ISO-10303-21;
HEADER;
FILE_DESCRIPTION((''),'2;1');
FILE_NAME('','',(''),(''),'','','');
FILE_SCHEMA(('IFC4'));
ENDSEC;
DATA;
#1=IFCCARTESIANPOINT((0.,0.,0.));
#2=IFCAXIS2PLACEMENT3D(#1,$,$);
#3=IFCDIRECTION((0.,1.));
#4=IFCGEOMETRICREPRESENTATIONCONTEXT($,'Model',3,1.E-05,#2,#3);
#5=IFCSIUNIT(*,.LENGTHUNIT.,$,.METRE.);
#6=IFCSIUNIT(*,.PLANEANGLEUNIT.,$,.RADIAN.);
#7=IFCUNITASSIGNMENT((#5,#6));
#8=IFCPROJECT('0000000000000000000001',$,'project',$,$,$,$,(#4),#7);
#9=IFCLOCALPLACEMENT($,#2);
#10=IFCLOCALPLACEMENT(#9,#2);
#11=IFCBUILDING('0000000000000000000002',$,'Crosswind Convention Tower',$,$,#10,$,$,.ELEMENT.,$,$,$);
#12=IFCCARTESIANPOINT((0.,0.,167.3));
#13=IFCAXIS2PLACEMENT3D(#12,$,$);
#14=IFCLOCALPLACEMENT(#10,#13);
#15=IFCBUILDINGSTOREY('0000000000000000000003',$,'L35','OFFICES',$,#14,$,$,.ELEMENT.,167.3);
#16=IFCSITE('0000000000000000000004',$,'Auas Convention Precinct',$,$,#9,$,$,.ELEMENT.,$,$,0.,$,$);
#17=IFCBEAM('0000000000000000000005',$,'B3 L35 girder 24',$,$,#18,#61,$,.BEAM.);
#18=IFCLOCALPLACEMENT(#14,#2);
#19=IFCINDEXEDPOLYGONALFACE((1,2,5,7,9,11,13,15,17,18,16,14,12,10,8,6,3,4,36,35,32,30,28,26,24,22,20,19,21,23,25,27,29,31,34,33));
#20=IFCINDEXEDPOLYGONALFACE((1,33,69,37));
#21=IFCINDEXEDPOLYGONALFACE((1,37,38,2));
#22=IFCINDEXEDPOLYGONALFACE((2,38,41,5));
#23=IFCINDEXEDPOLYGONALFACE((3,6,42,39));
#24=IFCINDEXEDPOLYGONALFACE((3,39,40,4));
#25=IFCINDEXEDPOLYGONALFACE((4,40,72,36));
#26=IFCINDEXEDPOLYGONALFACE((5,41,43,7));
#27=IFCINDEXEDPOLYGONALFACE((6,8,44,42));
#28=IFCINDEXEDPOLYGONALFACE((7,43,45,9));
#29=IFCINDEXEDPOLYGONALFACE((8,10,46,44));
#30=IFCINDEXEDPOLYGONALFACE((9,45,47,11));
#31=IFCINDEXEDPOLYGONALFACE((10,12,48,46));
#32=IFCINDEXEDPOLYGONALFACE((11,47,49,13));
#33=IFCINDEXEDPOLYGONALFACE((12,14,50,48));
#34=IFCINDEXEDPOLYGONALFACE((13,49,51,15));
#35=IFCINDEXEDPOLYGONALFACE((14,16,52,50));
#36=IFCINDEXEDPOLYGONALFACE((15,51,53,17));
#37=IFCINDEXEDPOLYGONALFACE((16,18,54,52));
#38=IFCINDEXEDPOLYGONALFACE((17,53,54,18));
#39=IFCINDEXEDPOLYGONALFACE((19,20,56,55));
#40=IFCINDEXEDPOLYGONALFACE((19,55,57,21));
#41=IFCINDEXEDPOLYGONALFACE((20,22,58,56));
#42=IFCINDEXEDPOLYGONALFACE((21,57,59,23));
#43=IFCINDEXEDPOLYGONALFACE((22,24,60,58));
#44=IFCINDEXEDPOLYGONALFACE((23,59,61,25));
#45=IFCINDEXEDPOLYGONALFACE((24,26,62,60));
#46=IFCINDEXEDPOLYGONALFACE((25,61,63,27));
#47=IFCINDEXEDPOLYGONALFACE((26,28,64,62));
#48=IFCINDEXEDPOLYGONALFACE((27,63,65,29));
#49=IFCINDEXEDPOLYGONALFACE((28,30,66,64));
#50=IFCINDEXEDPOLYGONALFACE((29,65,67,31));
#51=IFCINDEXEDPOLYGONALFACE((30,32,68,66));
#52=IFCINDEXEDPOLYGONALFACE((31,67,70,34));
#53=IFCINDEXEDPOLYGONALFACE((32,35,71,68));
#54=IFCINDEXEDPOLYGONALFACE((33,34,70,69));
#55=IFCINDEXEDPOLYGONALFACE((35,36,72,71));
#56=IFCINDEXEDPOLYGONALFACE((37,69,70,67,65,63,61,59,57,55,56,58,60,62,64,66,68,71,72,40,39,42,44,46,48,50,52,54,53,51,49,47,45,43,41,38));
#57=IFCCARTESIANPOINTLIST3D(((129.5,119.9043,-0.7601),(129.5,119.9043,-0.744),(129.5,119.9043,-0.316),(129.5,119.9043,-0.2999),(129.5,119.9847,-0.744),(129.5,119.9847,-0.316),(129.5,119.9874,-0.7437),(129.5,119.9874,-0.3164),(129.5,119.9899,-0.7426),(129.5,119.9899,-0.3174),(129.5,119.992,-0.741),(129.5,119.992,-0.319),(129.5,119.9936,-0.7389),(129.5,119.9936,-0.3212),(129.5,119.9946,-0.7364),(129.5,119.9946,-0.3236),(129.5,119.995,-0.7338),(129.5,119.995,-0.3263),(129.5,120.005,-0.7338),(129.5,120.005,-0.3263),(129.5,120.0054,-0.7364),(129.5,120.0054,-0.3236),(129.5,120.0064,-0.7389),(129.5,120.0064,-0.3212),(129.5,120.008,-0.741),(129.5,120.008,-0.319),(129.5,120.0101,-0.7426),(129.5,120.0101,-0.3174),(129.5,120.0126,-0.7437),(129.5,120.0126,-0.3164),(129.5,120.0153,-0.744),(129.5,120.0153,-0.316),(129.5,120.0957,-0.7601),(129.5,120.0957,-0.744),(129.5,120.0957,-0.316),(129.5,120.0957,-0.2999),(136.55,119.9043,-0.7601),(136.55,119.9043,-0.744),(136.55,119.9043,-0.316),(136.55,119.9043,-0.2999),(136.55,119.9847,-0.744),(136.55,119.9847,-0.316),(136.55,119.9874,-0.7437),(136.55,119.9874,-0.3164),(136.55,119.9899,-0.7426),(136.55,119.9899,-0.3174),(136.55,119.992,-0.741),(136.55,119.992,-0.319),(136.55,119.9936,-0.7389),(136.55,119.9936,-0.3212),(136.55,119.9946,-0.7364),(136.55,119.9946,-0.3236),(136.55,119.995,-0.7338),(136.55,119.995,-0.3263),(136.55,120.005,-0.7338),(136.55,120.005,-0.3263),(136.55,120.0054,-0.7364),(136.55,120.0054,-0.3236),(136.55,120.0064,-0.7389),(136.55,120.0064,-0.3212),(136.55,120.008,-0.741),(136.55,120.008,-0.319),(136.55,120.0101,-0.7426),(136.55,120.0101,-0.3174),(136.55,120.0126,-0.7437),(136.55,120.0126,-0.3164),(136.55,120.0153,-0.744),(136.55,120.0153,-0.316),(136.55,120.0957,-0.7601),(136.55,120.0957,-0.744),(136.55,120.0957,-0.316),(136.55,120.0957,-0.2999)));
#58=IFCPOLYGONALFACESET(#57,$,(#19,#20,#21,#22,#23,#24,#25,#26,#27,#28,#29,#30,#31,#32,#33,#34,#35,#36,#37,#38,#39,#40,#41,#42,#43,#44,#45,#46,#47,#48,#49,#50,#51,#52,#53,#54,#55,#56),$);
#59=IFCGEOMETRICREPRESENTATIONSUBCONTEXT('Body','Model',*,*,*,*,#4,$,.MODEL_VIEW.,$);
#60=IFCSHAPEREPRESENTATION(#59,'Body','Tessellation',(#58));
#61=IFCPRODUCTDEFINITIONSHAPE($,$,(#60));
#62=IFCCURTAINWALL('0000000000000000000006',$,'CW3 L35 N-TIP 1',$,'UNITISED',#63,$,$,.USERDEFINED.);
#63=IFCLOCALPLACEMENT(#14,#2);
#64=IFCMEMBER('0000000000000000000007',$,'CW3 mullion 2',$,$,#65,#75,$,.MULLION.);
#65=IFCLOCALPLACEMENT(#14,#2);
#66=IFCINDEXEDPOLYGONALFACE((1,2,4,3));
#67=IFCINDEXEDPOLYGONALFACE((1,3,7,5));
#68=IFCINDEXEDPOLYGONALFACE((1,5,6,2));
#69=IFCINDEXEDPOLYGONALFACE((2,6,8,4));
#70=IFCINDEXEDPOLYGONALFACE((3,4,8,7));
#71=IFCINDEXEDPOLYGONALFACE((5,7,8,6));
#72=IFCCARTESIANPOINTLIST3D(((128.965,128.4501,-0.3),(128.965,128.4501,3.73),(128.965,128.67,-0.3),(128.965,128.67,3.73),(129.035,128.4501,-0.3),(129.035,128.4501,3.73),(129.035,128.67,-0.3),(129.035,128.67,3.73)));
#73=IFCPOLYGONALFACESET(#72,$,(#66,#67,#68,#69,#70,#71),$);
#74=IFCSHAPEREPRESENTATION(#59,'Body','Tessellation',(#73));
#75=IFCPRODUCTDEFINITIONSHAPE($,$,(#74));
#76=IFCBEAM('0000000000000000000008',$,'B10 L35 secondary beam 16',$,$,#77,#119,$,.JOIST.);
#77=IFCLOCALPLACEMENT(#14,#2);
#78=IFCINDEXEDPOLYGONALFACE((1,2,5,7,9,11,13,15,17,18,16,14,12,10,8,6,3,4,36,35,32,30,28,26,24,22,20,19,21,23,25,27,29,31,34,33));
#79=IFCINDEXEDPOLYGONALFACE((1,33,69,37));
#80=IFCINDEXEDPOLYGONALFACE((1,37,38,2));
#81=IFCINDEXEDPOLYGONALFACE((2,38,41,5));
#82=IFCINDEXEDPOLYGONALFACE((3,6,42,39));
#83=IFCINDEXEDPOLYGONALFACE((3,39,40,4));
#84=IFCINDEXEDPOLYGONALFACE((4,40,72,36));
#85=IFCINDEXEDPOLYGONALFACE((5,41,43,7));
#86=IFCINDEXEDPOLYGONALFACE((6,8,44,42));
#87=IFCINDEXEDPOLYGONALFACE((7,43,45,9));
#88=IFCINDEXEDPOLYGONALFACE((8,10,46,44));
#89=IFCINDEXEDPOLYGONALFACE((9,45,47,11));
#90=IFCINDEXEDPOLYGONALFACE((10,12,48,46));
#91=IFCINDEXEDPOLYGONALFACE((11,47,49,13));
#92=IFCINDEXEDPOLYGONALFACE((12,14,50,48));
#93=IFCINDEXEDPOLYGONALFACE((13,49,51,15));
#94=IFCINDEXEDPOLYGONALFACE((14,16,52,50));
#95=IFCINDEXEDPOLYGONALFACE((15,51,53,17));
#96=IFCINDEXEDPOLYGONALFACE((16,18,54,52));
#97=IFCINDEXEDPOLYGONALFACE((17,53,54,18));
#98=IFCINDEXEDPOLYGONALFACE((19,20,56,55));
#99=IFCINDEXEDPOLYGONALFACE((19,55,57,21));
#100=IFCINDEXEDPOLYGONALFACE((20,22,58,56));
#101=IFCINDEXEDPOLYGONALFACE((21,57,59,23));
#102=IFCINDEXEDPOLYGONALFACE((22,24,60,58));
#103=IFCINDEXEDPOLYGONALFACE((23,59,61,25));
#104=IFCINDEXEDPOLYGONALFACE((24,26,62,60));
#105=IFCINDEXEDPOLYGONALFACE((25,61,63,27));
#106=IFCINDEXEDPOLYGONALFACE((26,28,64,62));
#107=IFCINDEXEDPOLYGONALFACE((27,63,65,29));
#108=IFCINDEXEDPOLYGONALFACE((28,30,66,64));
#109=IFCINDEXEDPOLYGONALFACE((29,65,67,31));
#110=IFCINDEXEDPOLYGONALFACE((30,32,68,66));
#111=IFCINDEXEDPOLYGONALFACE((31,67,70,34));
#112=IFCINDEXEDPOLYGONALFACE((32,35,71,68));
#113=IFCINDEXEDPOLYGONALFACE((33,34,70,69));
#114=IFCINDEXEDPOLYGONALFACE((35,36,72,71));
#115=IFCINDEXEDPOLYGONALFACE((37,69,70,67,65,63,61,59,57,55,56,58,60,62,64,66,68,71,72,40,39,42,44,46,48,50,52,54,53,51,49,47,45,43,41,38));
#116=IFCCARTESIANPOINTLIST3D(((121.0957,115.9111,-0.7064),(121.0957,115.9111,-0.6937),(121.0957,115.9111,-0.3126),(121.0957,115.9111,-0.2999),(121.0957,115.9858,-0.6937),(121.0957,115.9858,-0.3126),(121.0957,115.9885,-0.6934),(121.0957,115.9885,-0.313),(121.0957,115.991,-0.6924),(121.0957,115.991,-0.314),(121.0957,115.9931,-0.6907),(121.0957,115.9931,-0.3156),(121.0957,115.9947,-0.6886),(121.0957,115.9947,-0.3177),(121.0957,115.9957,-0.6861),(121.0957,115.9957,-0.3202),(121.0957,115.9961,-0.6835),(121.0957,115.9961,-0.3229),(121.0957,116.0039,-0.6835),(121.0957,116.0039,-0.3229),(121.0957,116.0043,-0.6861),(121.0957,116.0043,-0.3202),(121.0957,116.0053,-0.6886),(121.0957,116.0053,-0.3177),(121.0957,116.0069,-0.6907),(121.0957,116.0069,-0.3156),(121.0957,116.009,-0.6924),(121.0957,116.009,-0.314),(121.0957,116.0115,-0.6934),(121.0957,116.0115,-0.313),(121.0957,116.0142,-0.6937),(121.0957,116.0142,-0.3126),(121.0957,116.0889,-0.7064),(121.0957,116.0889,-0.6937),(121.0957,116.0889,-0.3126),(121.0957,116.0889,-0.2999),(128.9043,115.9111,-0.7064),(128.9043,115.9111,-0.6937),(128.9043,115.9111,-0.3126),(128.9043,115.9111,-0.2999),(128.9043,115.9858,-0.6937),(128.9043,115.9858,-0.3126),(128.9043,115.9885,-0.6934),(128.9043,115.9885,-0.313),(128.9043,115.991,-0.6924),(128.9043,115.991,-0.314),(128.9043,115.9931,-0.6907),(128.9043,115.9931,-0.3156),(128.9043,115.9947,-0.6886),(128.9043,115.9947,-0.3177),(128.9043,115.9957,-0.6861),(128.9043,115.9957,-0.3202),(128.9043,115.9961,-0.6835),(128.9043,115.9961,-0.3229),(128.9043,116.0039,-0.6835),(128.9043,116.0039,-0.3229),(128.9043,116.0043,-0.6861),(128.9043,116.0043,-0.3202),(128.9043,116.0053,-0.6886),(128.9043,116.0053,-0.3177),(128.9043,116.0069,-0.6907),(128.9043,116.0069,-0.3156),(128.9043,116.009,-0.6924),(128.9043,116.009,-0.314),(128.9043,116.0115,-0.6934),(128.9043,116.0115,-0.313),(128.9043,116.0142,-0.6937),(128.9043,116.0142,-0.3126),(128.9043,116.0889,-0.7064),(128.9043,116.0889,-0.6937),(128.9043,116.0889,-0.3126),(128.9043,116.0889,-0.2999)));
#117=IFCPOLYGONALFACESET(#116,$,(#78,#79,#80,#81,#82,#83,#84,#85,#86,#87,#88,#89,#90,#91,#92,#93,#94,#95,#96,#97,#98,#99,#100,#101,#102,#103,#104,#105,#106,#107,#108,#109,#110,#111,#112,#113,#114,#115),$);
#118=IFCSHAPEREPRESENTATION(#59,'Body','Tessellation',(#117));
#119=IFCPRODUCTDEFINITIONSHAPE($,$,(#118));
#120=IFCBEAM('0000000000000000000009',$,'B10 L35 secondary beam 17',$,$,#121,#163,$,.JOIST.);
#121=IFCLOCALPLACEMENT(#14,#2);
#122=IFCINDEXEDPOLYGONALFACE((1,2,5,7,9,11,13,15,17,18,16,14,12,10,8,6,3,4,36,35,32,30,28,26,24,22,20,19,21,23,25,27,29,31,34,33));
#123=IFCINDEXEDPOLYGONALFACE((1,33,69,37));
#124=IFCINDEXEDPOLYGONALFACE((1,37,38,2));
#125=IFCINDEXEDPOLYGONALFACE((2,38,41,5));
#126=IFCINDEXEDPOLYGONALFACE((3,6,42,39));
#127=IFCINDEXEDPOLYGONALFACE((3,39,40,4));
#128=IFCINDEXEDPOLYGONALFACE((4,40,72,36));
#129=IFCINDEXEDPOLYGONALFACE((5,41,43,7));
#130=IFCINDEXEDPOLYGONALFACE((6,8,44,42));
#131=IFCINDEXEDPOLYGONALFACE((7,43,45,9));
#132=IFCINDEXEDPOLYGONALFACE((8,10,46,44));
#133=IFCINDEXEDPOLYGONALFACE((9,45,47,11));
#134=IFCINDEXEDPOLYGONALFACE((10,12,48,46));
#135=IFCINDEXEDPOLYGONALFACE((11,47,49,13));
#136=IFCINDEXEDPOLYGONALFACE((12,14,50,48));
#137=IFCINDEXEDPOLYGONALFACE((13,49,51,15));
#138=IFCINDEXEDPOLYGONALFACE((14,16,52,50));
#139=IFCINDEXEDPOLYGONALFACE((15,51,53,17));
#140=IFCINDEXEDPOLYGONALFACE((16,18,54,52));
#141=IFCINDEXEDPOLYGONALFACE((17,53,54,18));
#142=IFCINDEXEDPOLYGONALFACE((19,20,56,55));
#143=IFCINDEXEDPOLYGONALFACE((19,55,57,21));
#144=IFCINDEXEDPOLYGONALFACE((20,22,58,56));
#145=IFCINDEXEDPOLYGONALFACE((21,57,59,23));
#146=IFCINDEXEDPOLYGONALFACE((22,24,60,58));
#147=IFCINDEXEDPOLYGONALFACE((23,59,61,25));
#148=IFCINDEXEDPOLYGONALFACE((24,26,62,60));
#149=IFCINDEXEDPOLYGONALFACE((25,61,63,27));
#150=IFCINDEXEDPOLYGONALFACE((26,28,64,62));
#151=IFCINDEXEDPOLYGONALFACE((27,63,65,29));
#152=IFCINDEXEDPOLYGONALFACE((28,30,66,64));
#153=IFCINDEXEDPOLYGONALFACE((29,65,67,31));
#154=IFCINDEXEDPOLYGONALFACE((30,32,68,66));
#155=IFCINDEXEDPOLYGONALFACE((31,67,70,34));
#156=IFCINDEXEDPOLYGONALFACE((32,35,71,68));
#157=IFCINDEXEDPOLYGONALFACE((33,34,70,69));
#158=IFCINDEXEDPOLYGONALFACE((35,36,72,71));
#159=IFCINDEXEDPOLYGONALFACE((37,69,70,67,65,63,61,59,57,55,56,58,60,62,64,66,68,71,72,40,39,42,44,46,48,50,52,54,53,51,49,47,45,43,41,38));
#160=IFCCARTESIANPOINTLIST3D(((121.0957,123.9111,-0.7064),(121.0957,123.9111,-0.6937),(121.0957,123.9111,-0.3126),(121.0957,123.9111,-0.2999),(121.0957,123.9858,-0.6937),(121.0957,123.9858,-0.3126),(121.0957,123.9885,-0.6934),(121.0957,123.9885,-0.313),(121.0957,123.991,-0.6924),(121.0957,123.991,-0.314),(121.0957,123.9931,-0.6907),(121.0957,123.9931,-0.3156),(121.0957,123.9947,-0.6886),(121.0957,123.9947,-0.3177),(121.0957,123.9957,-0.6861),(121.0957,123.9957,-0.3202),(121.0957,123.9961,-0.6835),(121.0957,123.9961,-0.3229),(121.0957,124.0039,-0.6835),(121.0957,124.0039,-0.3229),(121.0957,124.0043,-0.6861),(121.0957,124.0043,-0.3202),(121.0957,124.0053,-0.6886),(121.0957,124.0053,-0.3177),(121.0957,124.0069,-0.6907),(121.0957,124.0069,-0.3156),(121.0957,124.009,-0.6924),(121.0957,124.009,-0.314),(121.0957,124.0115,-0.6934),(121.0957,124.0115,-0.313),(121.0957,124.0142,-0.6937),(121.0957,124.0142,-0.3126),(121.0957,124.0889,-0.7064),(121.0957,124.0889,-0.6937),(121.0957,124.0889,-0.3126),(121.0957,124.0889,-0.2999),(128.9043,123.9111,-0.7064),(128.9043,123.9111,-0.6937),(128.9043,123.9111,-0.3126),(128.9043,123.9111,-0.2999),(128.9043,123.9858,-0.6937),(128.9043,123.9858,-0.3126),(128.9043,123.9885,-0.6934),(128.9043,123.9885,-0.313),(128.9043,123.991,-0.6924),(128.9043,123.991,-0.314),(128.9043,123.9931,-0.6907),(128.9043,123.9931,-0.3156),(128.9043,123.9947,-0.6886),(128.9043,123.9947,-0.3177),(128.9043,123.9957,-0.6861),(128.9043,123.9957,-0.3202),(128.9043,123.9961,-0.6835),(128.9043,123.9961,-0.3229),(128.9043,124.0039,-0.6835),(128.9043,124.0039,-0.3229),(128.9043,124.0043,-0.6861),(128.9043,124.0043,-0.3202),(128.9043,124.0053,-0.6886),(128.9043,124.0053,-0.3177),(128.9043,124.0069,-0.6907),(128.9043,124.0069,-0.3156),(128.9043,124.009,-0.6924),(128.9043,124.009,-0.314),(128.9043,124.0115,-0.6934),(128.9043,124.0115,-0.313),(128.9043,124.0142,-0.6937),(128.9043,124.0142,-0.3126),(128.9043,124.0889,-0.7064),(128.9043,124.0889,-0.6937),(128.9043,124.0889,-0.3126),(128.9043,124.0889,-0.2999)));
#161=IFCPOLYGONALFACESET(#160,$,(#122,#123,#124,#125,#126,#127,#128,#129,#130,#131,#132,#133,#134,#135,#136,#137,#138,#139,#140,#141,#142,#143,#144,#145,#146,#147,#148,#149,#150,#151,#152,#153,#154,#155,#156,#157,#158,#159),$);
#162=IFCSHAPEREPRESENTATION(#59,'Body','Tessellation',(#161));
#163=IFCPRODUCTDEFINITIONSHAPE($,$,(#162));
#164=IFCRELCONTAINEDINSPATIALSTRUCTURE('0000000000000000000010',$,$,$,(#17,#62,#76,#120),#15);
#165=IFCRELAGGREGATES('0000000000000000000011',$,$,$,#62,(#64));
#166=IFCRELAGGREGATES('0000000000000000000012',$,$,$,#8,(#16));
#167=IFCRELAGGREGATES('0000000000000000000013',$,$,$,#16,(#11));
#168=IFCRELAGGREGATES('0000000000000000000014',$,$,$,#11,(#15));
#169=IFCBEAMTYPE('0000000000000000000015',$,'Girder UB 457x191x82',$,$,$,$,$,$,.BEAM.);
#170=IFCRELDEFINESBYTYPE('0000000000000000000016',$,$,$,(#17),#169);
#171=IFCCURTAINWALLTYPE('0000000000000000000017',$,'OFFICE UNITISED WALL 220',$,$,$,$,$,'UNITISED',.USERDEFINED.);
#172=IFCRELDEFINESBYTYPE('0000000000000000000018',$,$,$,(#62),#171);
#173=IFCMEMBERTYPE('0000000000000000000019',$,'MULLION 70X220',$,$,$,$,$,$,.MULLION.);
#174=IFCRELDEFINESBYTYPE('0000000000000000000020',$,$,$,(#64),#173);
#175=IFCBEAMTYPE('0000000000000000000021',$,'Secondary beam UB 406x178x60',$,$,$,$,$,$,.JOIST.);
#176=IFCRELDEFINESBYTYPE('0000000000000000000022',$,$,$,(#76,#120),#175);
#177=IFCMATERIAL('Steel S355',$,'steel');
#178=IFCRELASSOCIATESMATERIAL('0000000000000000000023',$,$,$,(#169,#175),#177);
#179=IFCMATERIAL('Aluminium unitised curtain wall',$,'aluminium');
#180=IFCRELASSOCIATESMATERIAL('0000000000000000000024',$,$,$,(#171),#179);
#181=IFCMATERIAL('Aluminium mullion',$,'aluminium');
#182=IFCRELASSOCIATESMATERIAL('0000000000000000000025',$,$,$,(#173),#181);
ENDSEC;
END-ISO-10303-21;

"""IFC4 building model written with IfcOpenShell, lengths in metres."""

from ifc_helpers import new_model, si_unit, direction, frame, origin, origin_2d, place, context, subcontext, project, spatial, rectangle, i_section, extrude, material, material_profile, profile_set, type_object, element, aggregate, save


model = new_model("IFC4")

# Units and contexts
model_context = context("Model", 3, precision=1e-05, world=origin(), true_north=direction((0.0, 1.0)))
body_context = subcontext(model_context, "Body", "Model", "MODEL_VIEW")
ifc_project = project(units=[si_unit("LENGTHUNIT", "METRE"), si_unit("PLANEANGLEUNIT", "RADIAN")], contexts=[model_context])

# Site, building, storey
site_placement = place(None, origin())
site = spatial("IfcSite", under=ifc_project, at=site_placement, Name="Auas Convention Precinct", CompositionType="ELEMENT", RefElevation=0.0)
building_placement = place(site_placement, origin())
building = spatial("IfcBuilding", under=site, at=building_placement, Name="Crosswind Convention Tower", CompositionType="ELEMENT")
storey_placement = place(building_placement, frame((0.0, 0.0, 167.3)))
storey = spatial("IfcBuildingStorey", under=building, at=storey_placement, Name="L35", Description="OFFICES", CompositionType="ELEMENT", Elevation=167.3)

# Beam
ifc_material_1 = material(Name="Steel S355", Category="steel")
ifc_material_profile_1 = material_profile(ifc_material_1, i_section(OverallWidth=0.1914, OverallDepth=0.4602, WebThickness=0.01, FlangeThickness=0.0161, FilletRadius=0.0103, at=origin_2d()), Name="UB 457x191x82")
ifc_profile_set_1 = profile_set([ifc_material_profile_1], Name="Steel S355")
beam_type_1 = type_object("IfcBeamType", Name="Girder UB 457x191x82", PredefinedType="BEAM", material=ifc_profile_set_1)
for number, where, z_axis, x_axis, name in (
    (1, (129.5, 120.0, -0.53), (1.0, 0.0, 0.0), (0.0, 1.0, 0.0), "B3 L35 girder 24"),
):
    element("IfcBeam", number, at=place(storey_placement, frame(where, z_axis=z_axis, x_axis=x_axis)), inside=storey, type_object=beam_type_1, Name=name, PredefinedType="BEAM", context=body_context, shape_type="SweptSolid", body=[
        extrude(i_section(OverallWidth=0.1914, OverallDepth=0.4602, WebThickness=0.01, FlangeThickness=0.0161, FilletRadius=0.0103, at=origin_2d()), origin(), (0.0, 0.0, 1.0), 7.05),
    ])

# Curtain wall, member
ifc_material_2 = material(Name="Aluminium unitised curtain wall", Category="aluminium")
curtain_wall_type = type_object("IfcCurtainWallType", Name="OFFICE UNITISED WALL 220", ElementType="UNITISED", PredefinedType="USERDEFINED", material=ifc_material_2)
curtain_wall_placement = place(storey_placement, origin())
curtain_wall = element("IfcCurtainWall", 2, at=curtain_wall_placement, inside=storey, type_object=curtain_wall_type, Name="CW3 L35 N-TIP 1", ObjectType="UNITISED", PredefinedType="USERDEFINED")
ifc_material_3 = material(Name="Aluminium mullion", Category="aluminium")
ifc_material_profile_2 = material_profile(ifc_material_3, rectangle(XDim=0.22, YDim=0.0701, at=origin_2d()), Name="AL 220X70")
ifc_profile_set_2 = profile_set([ifc_material_profile_2], Name="Aluminium mullion")
member_type = type_object("IfcMemberType", Name="MULLION 70X220", PredefinedType="MULLION", material=ifc_profile_set_2)
member_placement = place(storey_placement, frame((129.0, 128.5601, -0.3), z_axis=(0.0, 0.0, 1.0), x_axis=(0.0, 1.0, 0.0)))
member = element("IfcMember", 3, at=member_placement, type_object=member_type, Name="CW3 mullion 2", PredefinedType="MULLION", context=body_context, shape_type="SweptSolid", body=[
    extrude(rectangle(XDim=0.22, YDim=0.0701, at=origin_2d()), origin(), (0.0, 0.0, 1.0), 4.03),
])

# Beams
ifc_material_profile_3 = material_profile(ifc_material_1, i_section(OverallWidth=0.1777, OverallDepth=0.4065, WebThickness=0.0078, FlangeThickness=0.0127, FilletRadius=0.0103, at=origin_2d()), Name="UB 406x178x60")
ifc_profile_set_3 = profile_set([ifc_material_profile_3], Name="Steel S355")
beam_type_2 = type_object("IfcBeamType", Name="Secondary beam UB 406x178x60", PredefinedType="JOIST", material=ifc_profile_set_3)
for number, where, z_axis, x_axis, name in (
    (4, (121.0957, 116.0, -0.5032), (1.0, 0.0, 0.0), (0.0, 1.0, 0.0), "B10 L35 secondary beam 16"),
    (5, (121.0957, 124.0, -0.5032), (1.0, 0.0, 0.0), (0.0, 1.0, 0.0), "B10 L35 secondary beam 17"),
):
    element("IfcBeam", number, at=place(storey_placement, frame(where, z_axis=z_axis, x_axis=x_axis)), inside=storey, type_object=beam_type_2, Name=name, PredefinedType="JOIST", context=body_context, shape_type="SweptSolid", body=[
        extrude(i_section(OverallWidth=0.1777, OverallDepth=0.4065, WebThickness=0.0078, FlangeThickness=0.0127, FilletRadius=0.0103, at=origin_2d()), origin(), (0.0, 0.0, 1.0), 7.8086),
    ])

aggregate(curtain_wall, [member])

save(model, "model.ifc")
